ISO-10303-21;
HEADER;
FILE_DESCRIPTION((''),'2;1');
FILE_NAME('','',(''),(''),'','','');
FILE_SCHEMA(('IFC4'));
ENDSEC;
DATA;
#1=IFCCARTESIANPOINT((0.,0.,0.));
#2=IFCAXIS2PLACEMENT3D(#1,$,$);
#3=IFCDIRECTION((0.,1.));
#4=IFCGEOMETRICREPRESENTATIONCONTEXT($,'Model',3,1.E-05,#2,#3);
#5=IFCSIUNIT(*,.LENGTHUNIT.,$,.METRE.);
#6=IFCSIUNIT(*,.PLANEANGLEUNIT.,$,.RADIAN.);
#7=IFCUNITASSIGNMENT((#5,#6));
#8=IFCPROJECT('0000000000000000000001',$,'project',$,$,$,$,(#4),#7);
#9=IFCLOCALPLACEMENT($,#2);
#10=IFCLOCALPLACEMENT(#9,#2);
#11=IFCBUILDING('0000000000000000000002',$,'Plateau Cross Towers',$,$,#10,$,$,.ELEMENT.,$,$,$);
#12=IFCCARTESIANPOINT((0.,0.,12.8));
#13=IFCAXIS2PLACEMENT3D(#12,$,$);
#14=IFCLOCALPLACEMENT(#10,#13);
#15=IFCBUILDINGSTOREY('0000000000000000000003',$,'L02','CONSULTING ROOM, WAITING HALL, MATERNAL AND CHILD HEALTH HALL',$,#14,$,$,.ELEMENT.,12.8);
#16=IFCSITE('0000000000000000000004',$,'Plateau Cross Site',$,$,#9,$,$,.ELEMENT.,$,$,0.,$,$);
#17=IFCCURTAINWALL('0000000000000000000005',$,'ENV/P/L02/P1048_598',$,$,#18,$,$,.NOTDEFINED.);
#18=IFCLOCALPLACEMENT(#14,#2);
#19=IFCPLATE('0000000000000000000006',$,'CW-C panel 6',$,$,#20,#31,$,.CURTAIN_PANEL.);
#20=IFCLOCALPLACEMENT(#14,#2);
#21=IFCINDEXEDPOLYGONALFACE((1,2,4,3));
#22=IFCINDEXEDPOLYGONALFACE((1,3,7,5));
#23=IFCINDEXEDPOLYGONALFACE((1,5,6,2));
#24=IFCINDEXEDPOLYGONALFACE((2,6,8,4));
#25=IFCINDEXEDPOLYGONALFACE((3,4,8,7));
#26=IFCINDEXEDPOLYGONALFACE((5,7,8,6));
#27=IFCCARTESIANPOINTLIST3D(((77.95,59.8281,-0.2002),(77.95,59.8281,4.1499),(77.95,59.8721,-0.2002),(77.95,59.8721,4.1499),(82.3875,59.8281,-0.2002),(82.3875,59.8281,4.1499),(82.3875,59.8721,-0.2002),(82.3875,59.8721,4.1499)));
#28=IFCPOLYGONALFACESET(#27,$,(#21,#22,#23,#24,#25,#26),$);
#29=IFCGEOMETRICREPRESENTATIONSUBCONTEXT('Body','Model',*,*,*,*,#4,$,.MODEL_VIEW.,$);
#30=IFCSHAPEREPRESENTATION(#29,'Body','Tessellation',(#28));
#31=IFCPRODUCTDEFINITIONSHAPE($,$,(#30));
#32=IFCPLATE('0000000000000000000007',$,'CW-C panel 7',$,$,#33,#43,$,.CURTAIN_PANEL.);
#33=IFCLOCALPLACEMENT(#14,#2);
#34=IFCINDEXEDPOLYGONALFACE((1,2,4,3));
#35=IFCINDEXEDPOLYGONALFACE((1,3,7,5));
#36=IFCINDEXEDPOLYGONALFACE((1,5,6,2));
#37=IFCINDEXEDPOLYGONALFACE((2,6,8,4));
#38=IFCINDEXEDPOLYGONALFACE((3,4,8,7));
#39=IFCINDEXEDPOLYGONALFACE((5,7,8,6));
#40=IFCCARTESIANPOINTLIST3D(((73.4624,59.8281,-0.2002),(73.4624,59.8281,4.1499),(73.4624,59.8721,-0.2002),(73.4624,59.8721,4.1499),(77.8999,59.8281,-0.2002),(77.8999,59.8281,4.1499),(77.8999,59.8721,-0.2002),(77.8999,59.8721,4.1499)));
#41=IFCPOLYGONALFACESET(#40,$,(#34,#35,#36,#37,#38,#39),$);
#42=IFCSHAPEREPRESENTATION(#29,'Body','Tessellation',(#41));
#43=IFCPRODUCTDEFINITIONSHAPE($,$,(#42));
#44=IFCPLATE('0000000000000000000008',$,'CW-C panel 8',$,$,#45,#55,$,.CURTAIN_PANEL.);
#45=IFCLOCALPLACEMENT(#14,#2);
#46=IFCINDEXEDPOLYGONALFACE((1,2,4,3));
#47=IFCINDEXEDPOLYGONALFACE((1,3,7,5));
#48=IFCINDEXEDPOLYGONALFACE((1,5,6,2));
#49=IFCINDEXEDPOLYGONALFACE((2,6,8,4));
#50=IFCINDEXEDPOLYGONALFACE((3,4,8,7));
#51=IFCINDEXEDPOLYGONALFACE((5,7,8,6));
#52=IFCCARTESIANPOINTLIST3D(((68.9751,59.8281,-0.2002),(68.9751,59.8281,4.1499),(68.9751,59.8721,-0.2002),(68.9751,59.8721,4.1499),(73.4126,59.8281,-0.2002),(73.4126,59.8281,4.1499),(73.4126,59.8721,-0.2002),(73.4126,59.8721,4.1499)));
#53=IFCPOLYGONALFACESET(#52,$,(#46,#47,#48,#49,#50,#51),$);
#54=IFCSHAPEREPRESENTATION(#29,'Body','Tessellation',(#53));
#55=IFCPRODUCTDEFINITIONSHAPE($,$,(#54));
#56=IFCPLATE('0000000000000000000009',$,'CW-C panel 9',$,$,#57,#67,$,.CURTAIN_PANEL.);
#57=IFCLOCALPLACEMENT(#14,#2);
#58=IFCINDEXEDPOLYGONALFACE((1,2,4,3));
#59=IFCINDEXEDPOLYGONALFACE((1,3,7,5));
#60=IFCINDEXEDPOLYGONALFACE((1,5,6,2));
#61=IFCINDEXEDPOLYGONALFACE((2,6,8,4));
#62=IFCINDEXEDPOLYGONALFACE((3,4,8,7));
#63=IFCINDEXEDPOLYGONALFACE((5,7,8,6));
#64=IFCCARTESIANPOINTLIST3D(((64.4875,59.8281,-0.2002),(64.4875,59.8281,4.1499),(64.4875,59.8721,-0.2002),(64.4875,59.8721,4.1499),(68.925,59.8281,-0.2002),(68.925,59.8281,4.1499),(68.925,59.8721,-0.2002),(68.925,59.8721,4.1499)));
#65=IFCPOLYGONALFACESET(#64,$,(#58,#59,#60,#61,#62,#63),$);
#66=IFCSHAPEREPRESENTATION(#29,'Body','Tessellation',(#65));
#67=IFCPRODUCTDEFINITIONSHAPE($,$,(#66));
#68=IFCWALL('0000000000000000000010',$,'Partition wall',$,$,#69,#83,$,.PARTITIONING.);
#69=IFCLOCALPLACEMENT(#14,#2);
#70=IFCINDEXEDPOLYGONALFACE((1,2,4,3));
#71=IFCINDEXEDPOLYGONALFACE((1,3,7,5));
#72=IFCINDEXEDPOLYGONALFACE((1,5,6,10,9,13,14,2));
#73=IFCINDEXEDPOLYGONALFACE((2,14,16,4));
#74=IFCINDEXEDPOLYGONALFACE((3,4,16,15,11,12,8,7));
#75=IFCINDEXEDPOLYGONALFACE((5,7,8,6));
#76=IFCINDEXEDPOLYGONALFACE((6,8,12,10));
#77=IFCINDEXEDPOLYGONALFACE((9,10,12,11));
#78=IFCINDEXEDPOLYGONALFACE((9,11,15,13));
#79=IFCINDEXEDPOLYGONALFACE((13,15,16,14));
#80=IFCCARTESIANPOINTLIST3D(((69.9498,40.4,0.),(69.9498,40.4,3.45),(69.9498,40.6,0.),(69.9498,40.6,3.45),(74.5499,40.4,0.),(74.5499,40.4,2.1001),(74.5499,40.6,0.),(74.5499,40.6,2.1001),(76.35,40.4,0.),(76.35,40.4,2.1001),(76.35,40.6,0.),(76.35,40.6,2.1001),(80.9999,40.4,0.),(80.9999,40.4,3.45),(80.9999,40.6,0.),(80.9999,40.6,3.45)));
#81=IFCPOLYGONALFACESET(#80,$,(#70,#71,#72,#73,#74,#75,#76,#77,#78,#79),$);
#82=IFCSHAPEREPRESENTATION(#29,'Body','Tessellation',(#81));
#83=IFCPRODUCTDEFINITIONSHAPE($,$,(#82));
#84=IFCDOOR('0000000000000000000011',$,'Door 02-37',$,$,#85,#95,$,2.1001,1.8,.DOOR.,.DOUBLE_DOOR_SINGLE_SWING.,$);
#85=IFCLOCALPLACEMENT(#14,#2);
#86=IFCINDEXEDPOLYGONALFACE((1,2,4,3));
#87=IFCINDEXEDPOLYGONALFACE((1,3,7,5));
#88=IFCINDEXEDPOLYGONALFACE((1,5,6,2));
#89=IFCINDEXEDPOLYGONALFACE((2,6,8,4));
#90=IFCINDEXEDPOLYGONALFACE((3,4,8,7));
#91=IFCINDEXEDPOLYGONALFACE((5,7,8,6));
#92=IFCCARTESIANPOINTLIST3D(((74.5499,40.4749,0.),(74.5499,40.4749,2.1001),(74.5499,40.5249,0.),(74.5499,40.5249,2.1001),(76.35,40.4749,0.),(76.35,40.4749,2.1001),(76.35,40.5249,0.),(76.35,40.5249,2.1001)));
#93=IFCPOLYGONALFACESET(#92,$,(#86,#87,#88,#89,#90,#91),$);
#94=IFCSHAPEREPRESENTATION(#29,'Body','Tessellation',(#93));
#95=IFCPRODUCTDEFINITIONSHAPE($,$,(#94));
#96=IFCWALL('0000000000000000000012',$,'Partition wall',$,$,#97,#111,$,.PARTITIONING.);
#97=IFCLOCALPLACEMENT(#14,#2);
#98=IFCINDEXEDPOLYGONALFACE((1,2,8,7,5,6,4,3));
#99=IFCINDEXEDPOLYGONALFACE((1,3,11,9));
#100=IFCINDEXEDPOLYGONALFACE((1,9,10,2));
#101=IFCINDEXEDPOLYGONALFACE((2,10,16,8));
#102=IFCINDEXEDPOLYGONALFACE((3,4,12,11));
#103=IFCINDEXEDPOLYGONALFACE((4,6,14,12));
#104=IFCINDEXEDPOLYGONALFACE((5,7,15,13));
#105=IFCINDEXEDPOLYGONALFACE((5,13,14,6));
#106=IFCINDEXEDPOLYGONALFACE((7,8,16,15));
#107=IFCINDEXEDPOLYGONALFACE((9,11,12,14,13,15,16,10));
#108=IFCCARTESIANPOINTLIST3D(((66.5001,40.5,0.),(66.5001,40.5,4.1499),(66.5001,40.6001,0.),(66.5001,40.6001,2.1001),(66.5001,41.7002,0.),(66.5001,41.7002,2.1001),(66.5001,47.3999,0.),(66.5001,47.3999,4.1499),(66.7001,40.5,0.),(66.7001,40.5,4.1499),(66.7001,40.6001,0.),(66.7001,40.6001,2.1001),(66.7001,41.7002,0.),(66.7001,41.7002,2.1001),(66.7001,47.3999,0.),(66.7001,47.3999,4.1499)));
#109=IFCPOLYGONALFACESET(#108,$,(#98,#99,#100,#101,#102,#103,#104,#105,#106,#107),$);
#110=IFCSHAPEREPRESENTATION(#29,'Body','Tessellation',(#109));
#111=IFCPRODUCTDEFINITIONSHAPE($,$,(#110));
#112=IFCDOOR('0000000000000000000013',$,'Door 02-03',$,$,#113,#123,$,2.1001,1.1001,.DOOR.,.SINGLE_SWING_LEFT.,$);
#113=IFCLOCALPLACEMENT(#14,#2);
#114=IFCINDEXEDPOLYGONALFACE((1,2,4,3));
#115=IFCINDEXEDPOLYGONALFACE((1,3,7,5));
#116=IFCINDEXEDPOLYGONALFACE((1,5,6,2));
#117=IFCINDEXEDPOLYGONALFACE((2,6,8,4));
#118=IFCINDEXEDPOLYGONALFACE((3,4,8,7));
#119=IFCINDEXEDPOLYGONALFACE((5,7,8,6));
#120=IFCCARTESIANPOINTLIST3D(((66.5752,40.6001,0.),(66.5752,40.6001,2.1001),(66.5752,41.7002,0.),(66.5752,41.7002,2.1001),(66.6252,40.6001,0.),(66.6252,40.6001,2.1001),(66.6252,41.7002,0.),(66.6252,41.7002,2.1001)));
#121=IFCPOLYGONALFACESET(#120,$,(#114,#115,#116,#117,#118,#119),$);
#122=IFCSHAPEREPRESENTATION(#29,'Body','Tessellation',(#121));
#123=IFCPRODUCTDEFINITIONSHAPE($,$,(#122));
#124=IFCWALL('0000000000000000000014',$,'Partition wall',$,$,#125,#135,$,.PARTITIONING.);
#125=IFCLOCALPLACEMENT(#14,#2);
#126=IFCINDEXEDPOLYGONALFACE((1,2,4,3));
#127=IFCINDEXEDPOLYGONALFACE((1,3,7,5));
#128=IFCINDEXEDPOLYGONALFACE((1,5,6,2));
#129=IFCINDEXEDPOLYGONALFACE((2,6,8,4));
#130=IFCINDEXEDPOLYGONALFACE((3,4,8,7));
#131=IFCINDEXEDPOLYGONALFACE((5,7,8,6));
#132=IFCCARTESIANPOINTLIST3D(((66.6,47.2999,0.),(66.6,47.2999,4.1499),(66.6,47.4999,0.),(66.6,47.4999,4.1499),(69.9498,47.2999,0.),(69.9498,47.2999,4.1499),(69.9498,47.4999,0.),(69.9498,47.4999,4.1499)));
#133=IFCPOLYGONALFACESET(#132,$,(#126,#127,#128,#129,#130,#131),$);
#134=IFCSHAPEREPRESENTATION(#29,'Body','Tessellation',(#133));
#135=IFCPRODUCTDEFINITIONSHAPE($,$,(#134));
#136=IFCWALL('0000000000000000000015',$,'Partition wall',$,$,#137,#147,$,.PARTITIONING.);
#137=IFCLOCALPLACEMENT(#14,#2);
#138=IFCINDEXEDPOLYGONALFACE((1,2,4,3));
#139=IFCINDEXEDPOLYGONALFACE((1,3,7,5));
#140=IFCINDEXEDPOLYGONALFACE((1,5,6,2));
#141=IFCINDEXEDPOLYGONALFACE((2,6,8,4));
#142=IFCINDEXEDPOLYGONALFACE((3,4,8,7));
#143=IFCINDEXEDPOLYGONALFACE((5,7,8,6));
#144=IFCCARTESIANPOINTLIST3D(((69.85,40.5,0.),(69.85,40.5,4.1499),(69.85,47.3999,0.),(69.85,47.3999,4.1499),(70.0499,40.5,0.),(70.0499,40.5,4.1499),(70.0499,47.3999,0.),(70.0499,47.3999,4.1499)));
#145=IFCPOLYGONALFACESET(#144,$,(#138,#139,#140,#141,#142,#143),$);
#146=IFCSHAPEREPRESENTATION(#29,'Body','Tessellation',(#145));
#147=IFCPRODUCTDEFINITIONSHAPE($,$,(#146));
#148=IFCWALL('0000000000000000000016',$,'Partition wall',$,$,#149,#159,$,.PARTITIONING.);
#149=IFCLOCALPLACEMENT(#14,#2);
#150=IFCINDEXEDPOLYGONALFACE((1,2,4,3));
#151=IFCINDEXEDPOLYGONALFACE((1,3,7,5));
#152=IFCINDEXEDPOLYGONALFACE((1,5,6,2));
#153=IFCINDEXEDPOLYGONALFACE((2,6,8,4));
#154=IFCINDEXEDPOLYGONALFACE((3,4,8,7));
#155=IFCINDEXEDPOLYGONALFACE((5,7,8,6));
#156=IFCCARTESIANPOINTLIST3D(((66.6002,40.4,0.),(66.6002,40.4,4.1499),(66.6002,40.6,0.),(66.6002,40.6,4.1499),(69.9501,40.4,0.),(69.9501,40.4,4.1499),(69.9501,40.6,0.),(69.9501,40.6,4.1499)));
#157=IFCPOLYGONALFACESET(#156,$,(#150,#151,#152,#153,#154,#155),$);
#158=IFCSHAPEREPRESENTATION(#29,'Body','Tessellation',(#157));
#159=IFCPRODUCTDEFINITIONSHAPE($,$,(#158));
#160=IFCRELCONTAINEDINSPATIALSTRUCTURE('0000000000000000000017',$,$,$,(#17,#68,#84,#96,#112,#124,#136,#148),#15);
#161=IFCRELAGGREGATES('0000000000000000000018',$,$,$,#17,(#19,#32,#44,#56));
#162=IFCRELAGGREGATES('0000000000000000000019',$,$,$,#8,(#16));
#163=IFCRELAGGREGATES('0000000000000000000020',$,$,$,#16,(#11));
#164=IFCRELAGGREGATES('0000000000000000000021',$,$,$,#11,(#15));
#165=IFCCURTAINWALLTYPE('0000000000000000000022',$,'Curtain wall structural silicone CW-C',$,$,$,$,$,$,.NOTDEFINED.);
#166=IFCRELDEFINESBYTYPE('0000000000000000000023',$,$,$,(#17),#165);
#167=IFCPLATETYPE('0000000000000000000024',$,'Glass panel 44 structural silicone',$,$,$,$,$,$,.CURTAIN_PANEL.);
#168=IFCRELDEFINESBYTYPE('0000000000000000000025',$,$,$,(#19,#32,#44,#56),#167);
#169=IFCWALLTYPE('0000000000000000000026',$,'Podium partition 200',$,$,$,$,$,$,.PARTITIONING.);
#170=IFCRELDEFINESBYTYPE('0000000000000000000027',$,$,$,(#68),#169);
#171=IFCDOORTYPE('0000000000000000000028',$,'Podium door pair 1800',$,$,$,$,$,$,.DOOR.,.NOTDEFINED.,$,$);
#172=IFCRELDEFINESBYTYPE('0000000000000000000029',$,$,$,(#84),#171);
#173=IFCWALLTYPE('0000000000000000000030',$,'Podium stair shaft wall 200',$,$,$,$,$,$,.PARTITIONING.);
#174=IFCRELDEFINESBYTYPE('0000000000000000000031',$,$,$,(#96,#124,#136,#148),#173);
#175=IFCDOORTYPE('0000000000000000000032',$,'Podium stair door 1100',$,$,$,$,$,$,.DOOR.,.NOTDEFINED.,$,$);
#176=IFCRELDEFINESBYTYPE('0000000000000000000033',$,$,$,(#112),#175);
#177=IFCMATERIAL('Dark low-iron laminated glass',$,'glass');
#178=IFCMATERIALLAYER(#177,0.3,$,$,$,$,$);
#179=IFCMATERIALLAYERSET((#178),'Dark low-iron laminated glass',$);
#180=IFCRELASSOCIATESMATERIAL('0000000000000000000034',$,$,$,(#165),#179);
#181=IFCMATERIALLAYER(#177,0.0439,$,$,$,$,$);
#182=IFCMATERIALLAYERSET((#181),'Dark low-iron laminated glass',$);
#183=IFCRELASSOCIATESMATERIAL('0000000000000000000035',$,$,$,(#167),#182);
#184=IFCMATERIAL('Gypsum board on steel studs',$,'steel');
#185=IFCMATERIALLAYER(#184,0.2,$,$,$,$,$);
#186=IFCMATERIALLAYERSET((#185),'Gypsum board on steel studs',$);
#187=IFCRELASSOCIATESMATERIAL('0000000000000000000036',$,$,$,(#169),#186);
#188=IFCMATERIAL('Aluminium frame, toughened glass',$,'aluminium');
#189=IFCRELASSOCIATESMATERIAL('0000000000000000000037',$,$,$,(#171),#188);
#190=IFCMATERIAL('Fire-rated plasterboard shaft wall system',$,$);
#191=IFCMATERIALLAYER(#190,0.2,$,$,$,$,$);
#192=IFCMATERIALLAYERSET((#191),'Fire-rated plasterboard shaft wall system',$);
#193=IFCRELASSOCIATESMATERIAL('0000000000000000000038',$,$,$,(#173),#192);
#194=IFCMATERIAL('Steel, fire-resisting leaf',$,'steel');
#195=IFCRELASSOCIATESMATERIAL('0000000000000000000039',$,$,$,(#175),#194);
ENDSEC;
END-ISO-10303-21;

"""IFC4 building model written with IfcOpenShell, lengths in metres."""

from ifc_helpers import new_model, si_unit, direction, frame, frame_2d, origin, origin_2d, place, context, subcontext, project, spatial, rectangle, extrude, material, layer, layer_set, type_object, element, fill, aggregate, save


model = new_model("IFC4")

# Units and contexts
model_context = context("Model", 3, precision=1e-05, world=origin(), true_north=direction((0.0, 1.0)))
body_context = subcontext(model_context, "Body", "Model", "MODEL_VIEW")
ifc_project = project(units=[si_unit("LENGTHUNIT", "METRE"), si_unit("PLANEANGLEUNIT", "RADIAN")], contexts=[model_context])

# Site, building, storey
site_placement = place(None, origin())
site = spatial("IfcSite", under=ifc_project, at=site_placement, Name="Plateau Cross Site", CompositionType="ELEMENT", RefElevation=0.0)
building_placement = place(site_placement, origin())
building = spatial("IfcBuilding", under=site, at=building_placement, Name="Plateau Cross Towers", CompositionType="ELEMENT")
storey_placement = place(building_placement, frame((0.0, 0.0, 12.8)))
storey = spatial("IfcBuildingStorey", under=building, at=storey_placement, Name="L02", Description="CONSULTING ROOM, WAITING HALL, MATERNAL AND CHILD HEALTH HALL", CompositionType="ELEMENT", Elevation=12.8)

# Curtain wall
ifc_material_1 = material(Name="Dark low-iron laminated glass", Category="glass")
ifc_layer_1 = layer(ifc_material_1, 0.3)
ifc_layer_set_1 = layer_set([ifc_layer_1], Name="Dark low-iron laminated glass")
curtain_wall_type = type_object("IfcCurtainWallType", Name="Curtain wall structural silicone CW-C", PredefinedType="NOTDEFINED", material=ifc_layer_set_1)
curtain_wall_placement = place(storey_placement, origin())
curtain_wall = element("IfcCurtainWall", 1, at=curtain_wall_placement, inside=storey, type_object=curtain_wall_type, Name="ENV/P/L02/P1048_598", PredefinedType="NOTDEFINED")

# Plates
ifc_layer_2 = layer(ifc_material_1, 0.0439)
ifc_layer_set_2 = layer_set([ifc_layer_2], Name="Dark low-iron laminated glass")
plate_type = type_object("IfcPlateType", Name="Glass panel 44 structural silicone", PredefinedType="CURTAIN_PANEL", material=ifc_layer_set_2)
plate_1_placement = place(storey_placement, frame((80.1687, 59.8501, -0.2002), z_axis=(0.0, 0.0, 1.0), x_axis=(-1.0, 0.0, 0.0)))
plate_1 = element("IfcPlate", 2, at=plate_1_placement, type_object=plate_type, Name="CW-C panel 6", PredefinedType="CURTAIN_PANEL", context=body_context, shape_type="SweptSolid", body=[
    extrude(rectangle(XDim=4.4375, YDim=0.0439, at=origin_2d()), origin(), (0.0, 0.0, 1.0), 4.3501),
])
plate_2_placement = place(storey_placement, frame((75.6812, 59.8501, -0.2002), z_axis=(0.0, 0.0, 1.0), x_axis=(-1.0, 0.0, 0.0)))
plate_2 = element("IfcPlate", 3, at=plate_2_placement, type_object=plate_type, Name="CW-C panel 7", PredefinedType="CURTAIN_PANEL", context=body_context, shape_type="SweptSolid", body=[
    extrude(rectangle(XDim=4.4375, YDim=0.0439, at=origin_2d()), origin(), (0.0, 0.0, 1.0), 4.3501),
])
plate_3_placement = place(storey_placement, frame((71.1938, 59.8501, -0.2002), z_axis=(0.0, 0.0, 1.0), x_axis=(-1.0, 0.0, 0.0)))
plate_3 = element("IfcPlate", 4, at=plate_3_placement, type_object=plate_type, Name="CW-C panel 8", PredefinedType="CURTAIN_PANEL", context=body_context, shape_type="SweptSolid", body=[
    extrude(rectangle(XDim=4.4375, YDim=0.0439, at=origin_2d()), origin(), (0.0, 0.0, 1.0), 4.3501),
])
plate_4_placement = place(storey_placement, frame((66.7063, 59.8501, -0.2002), z_axis=(0.0, 0.0, 1.0), x_axis=(-1.0, 0.0, 0.0)))
plate_4 = element("IfcPlate", 5, at=plate_4_placement, type_object=plate_type, Name="CW-C panel 9", PredefinedType="CURTAIN_PANEL", context=body_context, shape_type="SweptSolid", body=[
    extrude(rectangle(XDim=4.4375, YDim=0.0439, at=origin_2d()), origin(), (0.0, 0.0, 1.0), 4.3501),
])
aggregate(curtain_wall, [plate_1, plate_2, plate_3, plate_4])

# Walls, openings, doors
ifc_material_2 = material(Name="Gypsum board on steel studs", Category="steel")
ifc_layer_3 = layer(ifc_material_2, 0.2)
ifc_layer_set_3 = layer_set([ifc_layer_3], Name="Gypsum board on steel studs")
wall_type_1 = type_object("IfcWallType", Name="Podium partition 200", PredefinedType="PARTITIONING", material=ifc_layer_set_3)
wall_1_placement = place(storey_placement, frame((69.95, 40.5, 0.0), z_axis=(0.0, 0.0, 1.0), x_axis=(1.0, 0.0, 0.0)))
wall_1 = element("IfcWall", 6, at=wall_1_placement, inside=storey, type_object=wall_type_1, Name="Partition wall", PredefinedType="PARTITIONING", context=body_context, shape_type="SweptSolid", body=[
    extrude(rectangle(XDim=11.05, YDim=0.2, at=frame_2d((5.5249, 0.0))), origin(), (0.0, 0.0, 1.0), 3.45),
])
opening_1_placement = place(wall_1_placement, frame((4.6001, 0.0, 0.0)))
opening_1 = element("IfcOpeningElement", 7, at=opening_1_placement, cuts=wall_1, PredefinedType="OPENING", context=body_context, shape_type="SweptSolid", body=[
    extrude(rectangle(XDim=1.8, YDim=2.1001, at=frame_2d((0.8999, 1.05))), frame((0.0, 0.1099, 0.0), z_axis=(0.0, -1.0, 0.0), x_axis=(1.0, 0.0, 0.0)), (0.0, 0.0, 1.0), 0.22),
])
ifc_material_3 = material(Name="Aluminium frame, toughened glass", Category="aluminium")
door_type_1 = type_object("IfcDoorType", Name="Podium door pair 1800", OperationType="NOTDEFINED", PredefinedType="DOOR", material=ifc_material_3)
door_1_placement = place(opening_1_placement, origin())
door_1 = element("IfcDoor", 8, at=door_1_placement, inside=storey, type_object=door_type_1, Name="Door 02-37", OperationType="DOUBLE_DOOR_SINGLE_SWING", OverallHeight=2.1001, OverallWidth=1.8, PredefinedType="DOOR", context=body_context, shape_type="SweptSolid", body=[
    extrude(rectangle(XDim=1.8, YDim=2.1001, at=frame_2d((0.8999, 1.05))), frame((0.0, 0.0249, 0.0), z_axis=(0.0, -1.0, 0.0), x_axis=(1.0, 0.0, 0.0)), (0.0, 0.0, 1.0), 0.05),
])
fill(opening_1, door_1)
ifc_material_4 = material(Name="Fire-rated plasterboard shaft wall system")
ifc_layer_4 = layer(ifc_material_4, 0.2)
ifc_layer_set_4 = layer_set([ifc_layer_4], Name="Fire-rated plasterboard shaft wall system")
wall_type_2 = type_object("IfcWallType", Name="Podium stair shaft wall 200", PredefinedType="PARTITIONING", material=ifc_layer_set_4)
wall_2_placement = place(storey_placement, frame((66.6001, 40.5, 0.0), z_axis=(0.0, 0.0, 1.0), x_axis=(0.0, 1.0, 0.0)))
wall_2 = element("IfcWall", 9, at=wall_2_placement, inside=storey, type_object=wall_type_2, Name="Partition wall", PredefinedType="PARTITIONING", context=body_context, shape_type="SweptSolid", body=[
    extrude(rectangle(XDim=6.8999, YDim=0.2, at=frame_2d((3.45, 0.0))), origin(), (0.0, 0.0, 1.0), 4.1499),
])
opening_2_placement = place(wall_2_placement, frame((0.1001, 0.0, 0.0)))
opening_2 = element("IfcOpeningElement", 10, at=opening_2_placement, cuts=wall_2, PredefinedType="OPENING", context=body_context, shape_type="SweptSolid", body=[
    extrude(rectangle(XDim=1.1001, YDim=2.1001, at=frame_2d((0.55, 1.05))), frame((0.0, 0.1099, 0.0), z_axis=(0.0, -1.0, 0.0), x_axis=(1.0, 0.0, 0.0)), (0.0, 0.0, 1.0), 0.22),
])
ifc_material_5 = material(Name="Steel, fire-resisting leaf", Category="steel")
door_type_2 = type_object("IfcDoorType", Name="Podium stair door 1100", OperationType="NOTDEFINED", PredefinedType="DOOR", material=ifc_material_5)
door_2_placement = place(opening_2_placement, origin())
door_2 = element("IfcDoor", 11, at=door_2_placement, inside=storey, type_object=door_type_2, Name="Door 02-03", OperationType="SINGLE_SWING_LEFT", OverallHeight=2.1001, OverallWidth=1.1001, PredefinedType="DOOR", context=body_context, shape_type="SweptSolid", body=[
    extrude(rectangle(XDim=1.1001, YDim=2.1001, at=frame_2d((0.55, 1.05))), frame((0.0, 0.0249, 0.0), z_axis=(0.0, -1.0, 0.0), x_axis=(1.0, 0.0, 0.0)), (0.0, 0.0, 1.0), 0.05),
])
fill(opening_2, door_2)

# Walls
wall_3_placement = place(storey_placement, frame((66.6001, 47.3999, 0.0), z_axis=(0.0, 0.0, 1.0), x_axis=(1.0, 0.0, 0.0)))
element("IfcWall", 12, at=wall_3_placement, inside=storey, type_object=wall_type_2, Name="Partition wall", PredefinedType="PARTITIONING", context=body_context, shape_type="SweptSolid", body=[
    extrude(rectangle(XDim=3.3499, YDim=0.2, at=frame_2d((1.6748, 0.0))), origin(), (0.0, 0.0, 1.0), 4.1499),
])
wall_4_placement = place(storey_placement, frame((69.95, 47.3999, 0.0), z_axis=(0.0, 0.0, 1.0), x_axis=(0.0, -1.0, 0.0)))
element("IfcWall", 13, at=wall_4_placement, inside=storey, type_object=wall_type_2, Name="Partition wall", PredefinedType="PARTITIONING", context=body_context, shape_type="SweptSolid", body=[
    extrude(rectangle(XDim=6.8999, YDim=0.2, at=frame_2d((3.45, 0.0))), origin(), (0.0, 0.0, 1.0), 4.1499),
])
wall_5_placement = place(storey_placement, frame((69.95, 40.5, 0.0), z_axis=(0.0, 0.0, 1.0), x_axis=(-1.0, 0.0, 0.0)))
element("IfcWall", 14, at=wall_5_placement, inside=storey, type_object=wall_type_2, Name="Partition wall", PredefinedType="PARTITIONING", context=body_context, shape_type="SweptSolid", body=[
    extrude(rectangle(XDim=3.3499, YDim=0.2, at=frame_2d((1.6748, 0.0))), origin(), (0.0, 0.0, 1.0), 4.1499),
])

save(model, "model.ifc")
